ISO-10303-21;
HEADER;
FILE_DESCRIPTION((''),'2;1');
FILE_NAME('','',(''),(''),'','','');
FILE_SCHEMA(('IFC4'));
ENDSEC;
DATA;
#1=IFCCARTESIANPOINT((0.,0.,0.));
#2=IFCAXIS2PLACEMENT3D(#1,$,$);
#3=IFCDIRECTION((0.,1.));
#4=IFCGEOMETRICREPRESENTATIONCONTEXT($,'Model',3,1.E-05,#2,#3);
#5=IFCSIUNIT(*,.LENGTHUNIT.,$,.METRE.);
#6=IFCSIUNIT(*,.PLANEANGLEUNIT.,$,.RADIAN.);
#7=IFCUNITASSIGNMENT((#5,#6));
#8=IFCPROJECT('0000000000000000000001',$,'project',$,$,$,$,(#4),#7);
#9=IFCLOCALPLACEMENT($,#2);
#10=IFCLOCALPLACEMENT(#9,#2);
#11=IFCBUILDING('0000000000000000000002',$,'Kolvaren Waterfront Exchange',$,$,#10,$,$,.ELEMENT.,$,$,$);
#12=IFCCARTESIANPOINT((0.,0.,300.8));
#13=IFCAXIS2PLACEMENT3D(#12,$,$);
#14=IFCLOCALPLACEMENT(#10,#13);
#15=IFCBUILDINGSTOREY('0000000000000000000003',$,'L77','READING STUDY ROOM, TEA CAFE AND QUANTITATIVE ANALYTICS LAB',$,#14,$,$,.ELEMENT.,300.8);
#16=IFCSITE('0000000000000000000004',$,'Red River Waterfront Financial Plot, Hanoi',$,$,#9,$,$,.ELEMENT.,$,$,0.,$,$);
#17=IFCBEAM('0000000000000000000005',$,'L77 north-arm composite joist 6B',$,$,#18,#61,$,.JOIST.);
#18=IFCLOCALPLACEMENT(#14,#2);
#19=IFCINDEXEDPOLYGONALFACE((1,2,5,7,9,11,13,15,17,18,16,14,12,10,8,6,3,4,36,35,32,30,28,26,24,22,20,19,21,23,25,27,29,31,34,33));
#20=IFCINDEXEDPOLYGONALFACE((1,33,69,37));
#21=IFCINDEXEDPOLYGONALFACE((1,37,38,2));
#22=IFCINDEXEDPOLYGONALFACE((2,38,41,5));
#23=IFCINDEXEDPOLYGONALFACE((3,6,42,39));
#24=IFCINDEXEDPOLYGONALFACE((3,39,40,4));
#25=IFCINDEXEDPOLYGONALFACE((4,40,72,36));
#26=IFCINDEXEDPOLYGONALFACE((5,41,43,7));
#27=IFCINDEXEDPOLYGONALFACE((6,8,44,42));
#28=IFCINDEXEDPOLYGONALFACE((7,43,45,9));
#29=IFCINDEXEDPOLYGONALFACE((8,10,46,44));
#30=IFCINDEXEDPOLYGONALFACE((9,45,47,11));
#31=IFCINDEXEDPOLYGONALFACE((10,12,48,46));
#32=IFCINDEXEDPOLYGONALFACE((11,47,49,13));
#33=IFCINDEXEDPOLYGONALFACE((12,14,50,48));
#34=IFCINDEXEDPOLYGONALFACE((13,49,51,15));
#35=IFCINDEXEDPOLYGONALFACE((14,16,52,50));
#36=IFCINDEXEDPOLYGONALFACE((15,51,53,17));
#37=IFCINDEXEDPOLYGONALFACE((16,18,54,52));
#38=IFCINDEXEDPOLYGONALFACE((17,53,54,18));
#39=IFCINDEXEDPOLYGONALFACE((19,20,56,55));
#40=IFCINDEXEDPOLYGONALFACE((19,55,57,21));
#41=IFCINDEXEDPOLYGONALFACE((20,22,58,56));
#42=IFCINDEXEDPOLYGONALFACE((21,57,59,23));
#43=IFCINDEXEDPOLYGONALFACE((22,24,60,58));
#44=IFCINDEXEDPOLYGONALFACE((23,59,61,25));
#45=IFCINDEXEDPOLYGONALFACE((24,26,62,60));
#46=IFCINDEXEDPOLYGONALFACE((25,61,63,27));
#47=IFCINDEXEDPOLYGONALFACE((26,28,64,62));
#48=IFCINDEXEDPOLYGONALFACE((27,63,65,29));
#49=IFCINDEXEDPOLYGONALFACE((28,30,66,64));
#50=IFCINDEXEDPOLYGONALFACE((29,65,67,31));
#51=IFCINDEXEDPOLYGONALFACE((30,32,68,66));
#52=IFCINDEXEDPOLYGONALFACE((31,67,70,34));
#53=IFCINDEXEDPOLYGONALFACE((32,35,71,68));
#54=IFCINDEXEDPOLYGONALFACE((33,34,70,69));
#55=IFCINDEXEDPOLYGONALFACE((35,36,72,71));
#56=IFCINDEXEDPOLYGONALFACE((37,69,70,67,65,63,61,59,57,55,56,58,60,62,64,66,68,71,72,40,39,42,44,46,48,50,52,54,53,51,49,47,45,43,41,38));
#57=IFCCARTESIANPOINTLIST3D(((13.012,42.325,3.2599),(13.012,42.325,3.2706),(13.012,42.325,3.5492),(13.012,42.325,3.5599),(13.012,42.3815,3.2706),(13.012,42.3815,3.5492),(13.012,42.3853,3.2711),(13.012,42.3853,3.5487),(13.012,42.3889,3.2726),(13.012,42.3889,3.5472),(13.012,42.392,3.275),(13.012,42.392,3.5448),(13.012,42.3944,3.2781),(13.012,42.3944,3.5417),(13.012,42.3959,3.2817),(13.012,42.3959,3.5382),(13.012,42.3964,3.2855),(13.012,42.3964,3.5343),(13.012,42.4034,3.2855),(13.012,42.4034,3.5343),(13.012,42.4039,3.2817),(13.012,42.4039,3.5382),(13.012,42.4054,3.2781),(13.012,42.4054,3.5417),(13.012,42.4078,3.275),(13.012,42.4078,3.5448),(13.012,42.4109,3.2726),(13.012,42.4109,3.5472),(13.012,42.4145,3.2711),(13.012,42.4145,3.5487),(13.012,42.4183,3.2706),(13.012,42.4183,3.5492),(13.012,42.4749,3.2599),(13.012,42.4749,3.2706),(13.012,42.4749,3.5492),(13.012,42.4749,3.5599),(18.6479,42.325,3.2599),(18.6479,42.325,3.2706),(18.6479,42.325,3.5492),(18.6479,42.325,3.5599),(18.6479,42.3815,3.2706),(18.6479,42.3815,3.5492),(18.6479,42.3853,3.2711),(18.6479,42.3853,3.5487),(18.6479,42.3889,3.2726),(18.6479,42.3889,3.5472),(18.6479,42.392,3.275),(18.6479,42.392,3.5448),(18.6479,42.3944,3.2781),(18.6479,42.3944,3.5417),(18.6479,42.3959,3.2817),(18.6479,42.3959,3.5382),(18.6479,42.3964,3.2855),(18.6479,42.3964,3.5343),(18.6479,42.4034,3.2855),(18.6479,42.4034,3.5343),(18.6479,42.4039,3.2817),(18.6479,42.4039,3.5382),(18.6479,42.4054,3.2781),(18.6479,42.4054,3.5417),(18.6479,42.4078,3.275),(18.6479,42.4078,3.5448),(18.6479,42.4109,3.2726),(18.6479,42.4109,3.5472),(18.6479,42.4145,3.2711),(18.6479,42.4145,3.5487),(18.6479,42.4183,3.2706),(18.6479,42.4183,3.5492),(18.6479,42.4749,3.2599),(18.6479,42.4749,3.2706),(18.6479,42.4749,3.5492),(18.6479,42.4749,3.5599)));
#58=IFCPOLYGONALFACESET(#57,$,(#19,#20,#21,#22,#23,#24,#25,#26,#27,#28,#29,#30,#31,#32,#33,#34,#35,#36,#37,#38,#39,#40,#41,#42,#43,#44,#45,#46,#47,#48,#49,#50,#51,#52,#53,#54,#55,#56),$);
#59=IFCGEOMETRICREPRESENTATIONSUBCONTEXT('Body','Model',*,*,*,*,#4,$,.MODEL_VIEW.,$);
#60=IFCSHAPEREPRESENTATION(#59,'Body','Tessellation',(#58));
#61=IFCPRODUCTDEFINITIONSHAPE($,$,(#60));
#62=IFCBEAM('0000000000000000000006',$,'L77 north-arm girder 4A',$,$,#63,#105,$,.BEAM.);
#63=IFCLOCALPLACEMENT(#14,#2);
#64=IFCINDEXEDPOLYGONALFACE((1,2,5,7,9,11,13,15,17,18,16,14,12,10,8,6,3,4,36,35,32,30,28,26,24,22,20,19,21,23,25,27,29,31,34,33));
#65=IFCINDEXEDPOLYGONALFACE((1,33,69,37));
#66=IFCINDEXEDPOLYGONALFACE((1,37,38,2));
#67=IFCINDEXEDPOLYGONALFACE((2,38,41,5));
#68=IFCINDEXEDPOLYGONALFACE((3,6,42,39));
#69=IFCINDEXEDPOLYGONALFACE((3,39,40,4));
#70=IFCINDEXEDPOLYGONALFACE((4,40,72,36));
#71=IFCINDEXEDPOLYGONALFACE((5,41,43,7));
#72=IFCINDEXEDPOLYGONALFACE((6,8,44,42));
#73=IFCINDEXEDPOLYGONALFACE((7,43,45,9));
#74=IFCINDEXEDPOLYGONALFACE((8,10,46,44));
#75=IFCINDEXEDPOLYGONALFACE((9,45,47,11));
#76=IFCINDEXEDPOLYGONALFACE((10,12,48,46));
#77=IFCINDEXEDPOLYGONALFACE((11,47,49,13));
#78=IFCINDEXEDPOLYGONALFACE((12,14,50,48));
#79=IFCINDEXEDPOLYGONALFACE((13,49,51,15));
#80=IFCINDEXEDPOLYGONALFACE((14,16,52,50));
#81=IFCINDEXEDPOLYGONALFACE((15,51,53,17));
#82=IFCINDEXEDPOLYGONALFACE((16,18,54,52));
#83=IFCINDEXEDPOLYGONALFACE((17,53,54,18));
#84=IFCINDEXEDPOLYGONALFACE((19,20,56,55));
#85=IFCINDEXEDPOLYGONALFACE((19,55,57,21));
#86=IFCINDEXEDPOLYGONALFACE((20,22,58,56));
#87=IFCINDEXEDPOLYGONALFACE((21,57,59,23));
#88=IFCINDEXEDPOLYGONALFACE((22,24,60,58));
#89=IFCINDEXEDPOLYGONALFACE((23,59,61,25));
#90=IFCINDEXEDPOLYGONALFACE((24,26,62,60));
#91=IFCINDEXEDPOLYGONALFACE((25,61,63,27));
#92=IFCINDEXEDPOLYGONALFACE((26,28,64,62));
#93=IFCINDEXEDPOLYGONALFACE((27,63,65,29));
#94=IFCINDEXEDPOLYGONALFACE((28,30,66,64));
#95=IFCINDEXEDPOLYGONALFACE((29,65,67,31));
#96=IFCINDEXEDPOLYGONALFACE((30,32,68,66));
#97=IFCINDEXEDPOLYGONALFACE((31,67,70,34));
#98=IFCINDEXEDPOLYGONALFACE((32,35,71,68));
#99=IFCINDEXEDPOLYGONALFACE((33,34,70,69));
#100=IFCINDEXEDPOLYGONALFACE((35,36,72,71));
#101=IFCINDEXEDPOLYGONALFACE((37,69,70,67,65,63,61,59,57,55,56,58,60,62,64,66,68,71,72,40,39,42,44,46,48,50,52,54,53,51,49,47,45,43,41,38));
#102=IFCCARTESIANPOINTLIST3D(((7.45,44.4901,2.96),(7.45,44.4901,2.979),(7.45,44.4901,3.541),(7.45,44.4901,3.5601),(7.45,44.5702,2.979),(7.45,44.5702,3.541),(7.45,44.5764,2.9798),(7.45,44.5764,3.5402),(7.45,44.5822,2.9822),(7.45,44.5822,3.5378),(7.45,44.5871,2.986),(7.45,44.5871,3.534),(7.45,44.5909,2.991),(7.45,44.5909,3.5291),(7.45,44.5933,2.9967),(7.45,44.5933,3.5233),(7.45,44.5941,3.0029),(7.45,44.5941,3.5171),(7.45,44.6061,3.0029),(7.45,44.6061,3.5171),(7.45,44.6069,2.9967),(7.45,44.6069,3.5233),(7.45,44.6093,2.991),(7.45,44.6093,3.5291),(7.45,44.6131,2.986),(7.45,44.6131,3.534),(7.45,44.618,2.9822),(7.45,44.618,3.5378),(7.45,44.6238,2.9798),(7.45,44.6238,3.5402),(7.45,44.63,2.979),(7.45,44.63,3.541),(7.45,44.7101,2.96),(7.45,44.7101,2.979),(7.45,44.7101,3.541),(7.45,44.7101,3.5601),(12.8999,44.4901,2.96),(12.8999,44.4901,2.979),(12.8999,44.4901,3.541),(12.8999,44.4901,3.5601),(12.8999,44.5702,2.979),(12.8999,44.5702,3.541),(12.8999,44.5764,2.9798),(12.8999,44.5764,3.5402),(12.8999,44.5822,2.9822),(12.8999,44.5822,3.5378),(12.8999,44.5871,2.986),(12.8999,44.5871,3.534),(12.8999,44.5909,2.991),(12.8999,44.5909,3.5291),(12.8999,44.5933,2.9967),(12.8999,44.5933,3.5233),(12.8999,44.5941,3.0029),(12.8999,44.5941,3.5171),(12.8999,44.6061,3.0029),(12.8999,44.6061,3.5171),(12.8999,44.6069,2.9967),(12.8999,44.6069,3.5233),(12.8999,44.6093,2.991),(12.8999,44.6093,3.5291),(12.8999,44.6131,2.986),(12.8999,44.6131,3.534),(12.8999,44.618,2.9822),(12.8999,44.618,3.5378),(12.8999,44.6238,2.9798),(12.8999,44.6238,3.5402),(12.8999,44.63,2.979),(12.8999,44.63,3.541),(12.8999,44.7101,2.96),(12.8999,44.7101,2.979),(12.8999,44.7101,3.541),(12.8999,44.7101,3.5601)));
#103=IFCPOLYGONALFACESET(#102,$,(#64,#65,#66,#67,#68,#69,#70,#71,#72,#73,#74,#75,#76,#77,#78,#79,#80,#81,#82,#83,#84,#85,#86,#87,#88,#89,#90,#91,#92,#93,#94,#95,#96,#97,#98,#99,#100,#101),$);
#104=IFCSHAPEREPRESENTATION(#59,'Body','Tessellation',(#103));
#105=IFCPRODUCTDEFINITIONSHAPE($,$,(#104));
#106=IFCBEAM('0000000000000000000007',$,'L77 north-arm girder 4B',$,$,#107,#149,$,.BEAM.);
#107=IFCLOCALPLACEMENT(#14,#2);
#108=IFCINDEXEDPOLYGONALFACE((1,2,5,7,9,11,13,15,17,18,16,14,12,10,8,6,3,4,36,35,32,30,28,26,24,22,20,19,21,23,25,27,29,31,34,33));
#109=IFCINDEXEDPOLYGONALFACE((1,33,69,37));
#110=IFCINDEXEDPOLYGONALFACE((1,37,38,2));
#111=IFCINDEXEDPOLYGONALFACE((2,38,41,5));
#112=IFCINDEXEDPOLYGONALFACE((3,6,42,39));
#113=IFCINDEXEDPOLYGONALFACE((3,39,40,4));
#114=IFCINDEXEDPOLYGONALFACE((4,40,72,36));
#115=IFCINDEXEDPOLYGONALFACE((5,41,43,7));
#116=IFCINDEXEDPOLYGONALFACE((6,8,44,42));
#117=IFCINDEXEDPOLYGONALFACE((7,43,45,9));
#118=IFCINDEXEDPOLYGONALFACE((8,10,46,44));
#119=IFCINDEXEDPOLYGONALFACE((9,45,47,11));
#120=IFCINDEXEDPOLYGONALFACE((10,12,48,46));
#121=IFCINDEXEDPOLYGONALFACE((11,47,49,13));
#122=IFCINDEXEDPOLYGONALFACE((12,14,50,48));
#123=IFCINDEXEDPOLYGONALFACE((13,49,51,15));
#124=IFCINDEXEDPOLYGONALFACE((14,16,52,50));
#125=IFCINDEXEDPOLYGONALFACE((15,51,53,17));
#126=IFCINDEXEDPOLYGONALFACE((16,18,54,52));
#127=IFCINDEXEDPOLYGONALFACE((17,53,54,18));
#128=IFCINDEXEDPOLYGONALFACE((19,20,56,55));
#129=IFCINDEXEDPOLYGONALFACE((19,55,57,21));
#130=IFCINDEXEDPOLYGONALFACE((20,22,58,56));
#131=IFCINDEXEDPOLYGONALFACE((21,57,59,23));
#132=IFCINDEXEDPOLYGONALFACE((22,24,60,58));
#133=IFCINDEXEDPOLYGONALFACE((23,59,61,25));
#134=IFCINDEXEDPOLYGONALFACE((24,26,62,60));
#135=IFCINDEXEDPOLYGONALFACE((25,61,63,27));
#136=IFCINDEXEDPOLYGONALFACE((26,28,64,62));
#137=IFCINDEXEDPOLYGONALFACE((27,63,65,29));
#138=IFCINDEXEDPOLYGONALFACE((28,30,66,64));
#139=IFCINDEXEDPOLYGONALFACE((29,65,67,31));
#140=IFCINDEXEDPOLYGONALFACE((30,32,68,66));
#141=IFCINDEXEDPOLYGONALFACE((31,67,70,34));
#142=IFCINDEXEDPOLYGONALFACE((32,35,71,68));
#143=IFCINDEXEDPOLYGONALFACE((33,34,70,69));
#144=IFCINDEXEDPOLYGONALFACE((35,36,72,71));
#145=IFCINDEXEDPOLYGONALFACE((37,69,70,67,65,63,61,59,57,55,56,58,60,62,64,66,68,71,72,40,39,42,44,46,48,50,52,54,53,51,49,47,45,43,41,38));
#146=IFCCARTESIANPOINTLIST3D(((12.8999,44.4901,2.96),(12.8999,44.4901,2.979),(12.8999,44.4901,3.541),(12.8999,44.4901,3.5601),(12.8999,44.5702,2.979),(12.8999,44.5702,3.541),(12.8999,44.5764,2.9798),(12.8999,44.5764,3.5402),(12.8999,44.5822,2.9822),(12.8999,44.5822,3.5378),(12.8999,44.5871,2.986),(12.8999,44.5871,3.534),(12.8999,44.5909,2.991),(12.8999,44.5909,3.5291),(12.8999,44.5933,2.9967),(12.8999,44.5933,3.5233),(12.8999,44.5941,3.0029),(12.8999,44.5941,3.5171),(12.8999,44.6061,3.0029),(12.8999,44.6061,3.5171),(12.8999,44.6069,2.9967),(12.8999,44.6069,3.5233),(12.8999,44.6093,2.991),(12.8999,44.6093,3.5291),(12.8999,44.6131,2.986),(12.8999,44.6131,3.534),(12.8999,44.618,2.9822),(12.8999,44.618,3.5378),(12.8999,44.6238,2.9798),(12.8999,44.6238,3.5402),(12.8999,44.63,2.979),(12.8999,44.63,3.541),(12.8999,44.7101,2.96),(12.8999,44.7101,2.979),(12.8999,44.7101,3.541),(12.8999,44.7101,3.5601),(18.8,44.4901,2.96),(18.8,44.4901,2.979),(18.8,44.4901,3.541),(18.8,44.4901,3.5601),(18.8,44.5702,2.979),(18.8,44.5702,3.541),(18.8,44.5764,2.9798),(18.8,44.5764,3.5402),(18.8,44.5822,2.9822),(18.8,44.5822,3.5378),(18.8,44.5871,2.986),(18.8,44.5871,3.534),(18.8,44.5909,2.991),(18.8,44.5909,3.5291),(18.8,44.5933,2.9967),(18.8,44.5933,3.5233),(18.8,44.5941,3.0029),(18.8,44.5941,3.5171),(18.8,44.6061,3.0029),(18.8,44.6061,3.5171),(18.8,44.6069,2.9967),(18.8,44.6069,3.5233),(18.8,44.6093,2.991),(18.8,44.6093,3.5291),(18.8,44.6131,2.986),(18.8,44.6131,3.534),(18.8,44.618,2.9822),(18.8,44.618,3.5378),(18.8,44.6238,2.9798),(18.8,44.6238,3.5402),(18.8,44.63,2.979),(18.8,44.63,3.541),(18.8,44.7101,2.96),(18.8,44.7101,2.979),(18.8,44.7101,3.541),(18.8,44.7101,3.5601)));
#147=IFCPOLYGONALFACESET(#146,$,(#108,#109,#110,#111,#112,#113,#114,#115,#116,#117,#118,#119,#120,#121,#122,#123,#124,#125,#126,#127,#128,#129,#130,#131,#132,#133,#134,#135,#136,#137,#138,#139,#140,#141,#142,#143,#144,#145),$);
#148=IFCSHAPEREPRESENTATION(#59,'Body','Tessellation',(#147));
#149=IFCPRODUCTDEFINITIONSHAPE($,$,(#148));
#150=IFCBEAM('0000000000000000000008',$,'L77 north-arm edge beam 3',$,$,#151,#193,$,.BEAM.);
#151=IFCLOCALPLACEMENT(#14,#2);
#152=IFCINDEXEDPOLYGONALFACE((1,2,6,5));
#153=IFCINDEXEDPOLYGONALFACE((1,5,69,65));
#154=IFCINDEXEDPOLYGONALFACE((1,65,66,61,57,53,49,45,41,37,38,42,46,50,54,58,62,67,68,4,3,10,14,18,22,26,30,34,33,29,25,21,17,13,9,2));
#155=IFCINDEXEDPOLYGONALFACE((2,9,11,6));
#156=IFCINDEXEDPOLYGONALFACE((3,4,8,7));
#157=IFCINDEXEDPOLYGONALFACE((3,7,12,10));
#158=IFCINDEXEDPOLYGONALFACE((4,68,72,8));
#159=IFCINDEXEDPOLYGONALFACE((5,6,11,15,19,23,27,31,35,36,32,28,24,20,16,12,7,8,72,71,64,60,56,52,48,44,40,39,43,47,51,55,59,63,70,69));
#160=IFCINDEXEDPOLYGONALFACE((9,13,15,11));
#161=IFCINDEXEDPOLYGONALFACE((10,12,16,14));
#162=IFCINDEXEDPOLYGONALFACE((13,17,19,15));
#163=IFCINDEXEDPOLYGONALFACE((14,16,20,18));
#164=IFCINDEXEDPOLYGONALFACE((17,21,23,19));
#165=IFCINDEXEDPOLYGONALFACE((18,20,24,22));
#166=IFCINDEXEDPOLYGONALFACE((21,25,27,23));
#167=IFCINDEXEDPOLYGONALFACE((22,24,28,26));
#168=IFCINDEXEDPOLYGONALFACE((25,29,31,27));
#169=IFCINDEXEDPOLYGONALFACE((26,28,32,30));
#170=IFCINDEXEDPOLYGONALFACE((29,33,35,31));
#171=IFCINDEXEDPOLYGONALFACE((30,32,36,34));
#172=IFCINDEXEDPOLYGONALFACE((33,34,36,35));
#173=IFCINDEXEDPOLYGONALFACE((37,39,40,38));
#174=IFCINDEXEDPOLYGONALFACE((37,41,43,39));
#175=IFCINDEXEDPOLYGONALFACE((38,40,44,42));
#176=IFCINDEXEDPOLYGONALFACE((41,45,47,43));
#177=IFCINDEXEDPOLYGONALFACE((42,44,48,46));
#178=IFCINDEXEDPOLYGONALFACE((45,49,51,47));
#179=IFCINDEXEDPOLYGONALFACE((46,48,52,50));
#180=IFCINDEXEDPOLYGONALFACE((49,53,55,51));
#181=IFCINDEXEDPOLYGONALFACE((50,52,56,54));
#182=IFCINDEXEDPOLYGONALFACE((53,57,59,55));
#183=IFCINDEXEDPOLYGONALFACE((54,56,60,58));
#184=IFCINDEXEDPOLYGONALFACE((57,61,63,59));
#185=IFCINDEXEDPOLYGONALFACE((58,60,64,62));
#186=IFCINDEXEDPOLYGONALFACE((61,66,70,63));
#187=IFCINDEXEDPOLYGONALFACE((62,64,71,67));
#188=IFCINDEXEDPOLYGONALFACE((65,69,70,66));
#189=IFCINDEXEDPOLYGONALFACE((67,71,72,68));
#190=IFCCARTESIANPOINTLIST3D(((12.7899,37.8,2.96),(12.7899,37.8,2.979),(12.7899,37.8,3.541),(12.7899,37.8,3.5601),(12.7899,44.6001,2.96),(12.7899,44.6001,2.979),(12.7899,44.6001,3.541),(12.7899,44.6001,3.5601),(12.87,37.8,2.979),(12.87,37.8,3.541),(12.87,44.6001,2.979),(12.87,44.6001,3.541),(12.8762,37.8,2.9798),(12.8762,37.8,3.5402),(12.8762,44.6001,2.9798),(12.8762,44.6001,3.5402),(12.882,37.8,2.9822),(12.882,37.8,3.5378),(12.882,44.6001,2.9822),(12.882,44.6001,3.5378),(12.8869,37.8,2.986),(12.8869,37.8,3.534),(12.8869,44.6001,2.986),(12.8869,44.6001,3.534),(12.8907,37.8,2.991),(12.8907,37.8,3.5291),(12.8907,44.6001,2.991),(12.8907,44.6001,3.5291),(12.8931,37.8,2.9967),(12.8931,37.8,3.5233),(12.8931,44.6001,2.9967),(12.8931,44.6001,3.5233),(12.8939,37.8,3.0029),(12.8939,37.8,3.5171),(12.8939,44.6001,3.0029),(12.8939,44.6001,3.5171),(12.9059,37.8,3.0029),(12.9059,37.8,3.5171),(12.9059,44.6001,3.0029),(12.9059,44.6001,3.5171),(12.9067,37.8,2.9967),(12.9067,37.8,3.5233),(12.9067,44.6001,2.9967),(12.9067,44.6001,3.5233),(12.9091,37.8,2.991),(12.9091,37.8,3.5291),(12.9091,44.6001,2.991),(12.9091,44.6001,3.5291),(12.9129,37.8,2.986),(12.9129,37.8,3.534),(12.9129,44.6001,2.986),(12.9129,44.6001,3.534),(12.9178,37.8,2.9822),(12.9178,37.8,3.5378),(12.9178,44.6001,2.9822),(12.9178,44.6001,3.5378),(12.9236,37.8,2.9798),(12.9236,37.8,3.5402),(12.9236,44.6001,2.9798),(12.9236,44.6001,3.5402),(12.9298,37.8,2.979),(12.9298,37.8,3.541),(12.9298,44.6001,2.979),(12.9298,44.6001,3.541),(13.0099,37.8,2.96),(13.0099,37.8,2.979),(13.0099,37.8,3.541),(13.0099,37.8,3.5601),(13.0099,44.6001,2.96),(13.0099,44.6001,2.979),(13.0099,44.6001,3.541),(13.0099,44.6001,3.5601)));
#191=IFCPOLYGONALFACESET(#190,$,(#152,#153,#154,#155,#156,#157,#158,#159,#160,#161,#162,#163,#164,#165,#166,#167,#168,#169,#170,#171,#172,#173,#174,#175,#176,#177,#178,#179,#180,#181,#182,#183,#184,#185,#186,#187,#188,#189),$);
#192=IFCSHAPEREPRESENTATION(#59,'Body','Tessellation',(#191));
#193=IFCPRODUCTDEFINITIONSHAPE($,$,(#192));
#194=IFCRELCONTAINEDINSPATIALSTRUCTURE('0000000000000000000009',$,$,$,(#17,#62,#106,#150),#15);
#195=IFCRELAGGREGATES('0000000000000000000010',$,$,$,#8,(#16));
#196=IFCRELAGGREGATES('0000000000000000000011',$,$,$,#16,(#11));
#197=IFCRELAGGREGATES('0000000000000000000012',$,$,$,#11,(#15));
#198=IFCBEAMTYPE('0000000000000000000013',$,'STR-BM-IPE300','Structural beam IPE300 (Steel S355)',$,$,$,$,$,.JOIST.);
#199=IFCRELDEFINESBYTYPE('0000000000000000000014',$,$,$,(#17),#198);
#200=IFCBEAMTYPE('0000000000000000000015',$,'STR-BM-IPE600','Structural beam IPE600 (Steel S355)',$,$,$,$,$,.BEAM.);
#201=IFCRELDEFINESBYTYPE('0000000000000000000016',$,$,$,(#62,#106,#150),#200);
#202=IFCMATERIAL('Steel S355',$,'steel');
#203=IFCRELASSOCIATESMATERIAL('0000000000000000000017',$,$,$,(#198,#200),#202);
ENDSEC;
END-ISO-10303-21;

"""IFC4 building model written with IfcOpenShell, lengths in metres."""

from ifc_helpers import new_model, si_unit, direction, frame, origin, origin_2d, place, context, subcontext, project, spatial, i_section, extrude, material, material_profile, profile_set, type_object, element, save


model = new_model("IFC4")

# Units and contexts
model_context = context("Model", 3, precision=1e-05, world=origin(), true_north=direction((0.0, 1.0)))
body_context = subcontext(model_context, "Body", "Model", "MODEL_VIEW")
ifc_project = project(units=[si_unit("LENGTHUNIT", "METRE"), si_unit("PLANEANGLEUNIT", "RADIAN")], contexts=[model_context])

# Site, building, storey
site_placement = place(None, origin())
site = spatial("IfcSite", under=ifc_project, at=site_placement, Name="Red River Waterfront Financial Plot, Hanoi", CompositionType="ELEMENT", RefElevation=0.0)
building_placement = place(site_placement, origin())
building = spatial("IfcBuilding", under=site, at=building_placement, Name="Kolvaren Waterfront Exchange", CompositionType="ELEMENT")
storey_placement = place(building_placement, frame((0.0, 0.0, 300.8)))
storey = spatial("IfcBuildingStorey", under=building, at=storey_placement, Name="L77", Description="READING STUDY ROOM, TEA CAFE AND QUANTITATIVE ANALYTICS LAB", CompositionType="ELEMENT", Elevation=300.8)

# Beams
ifc_material_1 = material(Name="Steel S355", Category="steel")
ifc_material_profile_1 = material_profile(ifc_material_1, i_section(OverallWidth=0.1499, OverallDepth=0.3, WebThickness=0.0071, FlangeThickness=0.0107, FilletRadius=0.0149, at=origin_2d()), Name="IPE300")
ifc_profile_set_1 = profile_set([ifc_material_profile_1], Name="Steel S355")
beam_type_1 = type_object("IfcBeamType", Name="STR-BM-IPE300", Description="Structural beam IPE300 (Steel S355)", PredefinedType="JOIST", material=ifc_profile_set_1)
beam_1_placement = place(storey_placement, frame((13.012, 42.3999, 3.4099), z_axis=(1.0, 0.0, 0.0), x_axis=(0.0, 1.0, 0.0)))
element("IfcBeam", 1, at=beam_1_placement, inside=storey, type_object=beam_type_1, Name="L77 north-arm composite joist 6B", PredefinedType="JOIST", context=body_context, shape_type="SweptSolid", body=[
    extrude(i_section(OverallWidth=0.1499, OverallDepth=0.3, WebThickness=0.0071, FlangeThickness=0.0107, FilletRadius=0.0149, at=origin_2d()), origin(), (0.0, 0.0, 1.0), 5.636),
])
ifc_material_profile_2 = material_profile(ifc_material_1, i_section(OverallWidth=0.22, OverallDepth=0.6001, WebThickness=0.012, FlangeThickness=0.019, FilletRadius=0.0239, at=origin_2d()), Name="IPE600")
ifc_profile_set_2 = profile_set([ifc_material_profile_2], Name="Steel S355")
beam_type_2 = type_object("IfcBeamType", Name="STR-BM-IPE600", Description="Structural beam IPE600 (Steel S355)", PredefinedType="BEAM", material=ifc_profile_set_2)
beam_2_placement = place(storey_placement, frame((7.45, 44.6001, 3.26), z_axis=(1.0, 0.0, 0.0), x_axis=(0.0, 1.0, 0.0)))
element("IfcBeam", 2, at=beam_2_placement, inside=storey, type_object=beam_type_2, Name="L77 north-arm girder 4A", PredefinedType="BEAM", context=body_context, shape_type="SweptSolid", body=[
    extrude(i_section(OverallWidth=0.22, OverallDepth=0.6001, WebThickness=0.012, FlangeThickness=0.019, FilletRadius=0.0239, at=origin_2d()), origin(), (0.0, 0.0, 1.0), 5.45),
])
beam_3_placement = place(storey_placement, frame((12.8999, 44.6001, 3.26), z_axis=(1.0, 0.0, 0.0), x_axis=(0.0, 1.0, 0.0)))
element("IfcBeam", 3, at=beam_3_placement, inside=storey, type_object=beam_type_2, Name="L77 north-arm girder 4B", PredefinedType="BEAM", context=body_context, shape_type="SweptSolid", body=[
    extrude(i_section(OverallWidth=0.22, OverallDepth=0.6001, WebThickness=0.012, FlangeThickness=0.019, FilletRadius=0.0239, at=origin_2d()), origin(), (0.0, 0.0, 1.0), 5.9001),
])
beam_4_placement = place(storey_placement, frame((12.8999, 37.8, 3.26), z_axis=(0.0, 1.0, 0.0), x_axis=(-1.0, 0.0, 0.0)))
element("IfcBeam", 4, at=beam_4_placement, inside=storey, type_object=beam_type_2, Name="L77 north-arm edge beam 3", PredefinedType="BEAM", context=body_context, shape_type="SweptSolid", body=[
    extrude(i_section(OverallWidth=0.22, OverallDepth=0.6001, WebThickness=0.012, FlangeThickness=0.019, FilletRadius=0.0239, at=origin_2d()), origin(), (0.0, 0.0, 1.0), 6.8),
])

save(model, "model.ifc")
